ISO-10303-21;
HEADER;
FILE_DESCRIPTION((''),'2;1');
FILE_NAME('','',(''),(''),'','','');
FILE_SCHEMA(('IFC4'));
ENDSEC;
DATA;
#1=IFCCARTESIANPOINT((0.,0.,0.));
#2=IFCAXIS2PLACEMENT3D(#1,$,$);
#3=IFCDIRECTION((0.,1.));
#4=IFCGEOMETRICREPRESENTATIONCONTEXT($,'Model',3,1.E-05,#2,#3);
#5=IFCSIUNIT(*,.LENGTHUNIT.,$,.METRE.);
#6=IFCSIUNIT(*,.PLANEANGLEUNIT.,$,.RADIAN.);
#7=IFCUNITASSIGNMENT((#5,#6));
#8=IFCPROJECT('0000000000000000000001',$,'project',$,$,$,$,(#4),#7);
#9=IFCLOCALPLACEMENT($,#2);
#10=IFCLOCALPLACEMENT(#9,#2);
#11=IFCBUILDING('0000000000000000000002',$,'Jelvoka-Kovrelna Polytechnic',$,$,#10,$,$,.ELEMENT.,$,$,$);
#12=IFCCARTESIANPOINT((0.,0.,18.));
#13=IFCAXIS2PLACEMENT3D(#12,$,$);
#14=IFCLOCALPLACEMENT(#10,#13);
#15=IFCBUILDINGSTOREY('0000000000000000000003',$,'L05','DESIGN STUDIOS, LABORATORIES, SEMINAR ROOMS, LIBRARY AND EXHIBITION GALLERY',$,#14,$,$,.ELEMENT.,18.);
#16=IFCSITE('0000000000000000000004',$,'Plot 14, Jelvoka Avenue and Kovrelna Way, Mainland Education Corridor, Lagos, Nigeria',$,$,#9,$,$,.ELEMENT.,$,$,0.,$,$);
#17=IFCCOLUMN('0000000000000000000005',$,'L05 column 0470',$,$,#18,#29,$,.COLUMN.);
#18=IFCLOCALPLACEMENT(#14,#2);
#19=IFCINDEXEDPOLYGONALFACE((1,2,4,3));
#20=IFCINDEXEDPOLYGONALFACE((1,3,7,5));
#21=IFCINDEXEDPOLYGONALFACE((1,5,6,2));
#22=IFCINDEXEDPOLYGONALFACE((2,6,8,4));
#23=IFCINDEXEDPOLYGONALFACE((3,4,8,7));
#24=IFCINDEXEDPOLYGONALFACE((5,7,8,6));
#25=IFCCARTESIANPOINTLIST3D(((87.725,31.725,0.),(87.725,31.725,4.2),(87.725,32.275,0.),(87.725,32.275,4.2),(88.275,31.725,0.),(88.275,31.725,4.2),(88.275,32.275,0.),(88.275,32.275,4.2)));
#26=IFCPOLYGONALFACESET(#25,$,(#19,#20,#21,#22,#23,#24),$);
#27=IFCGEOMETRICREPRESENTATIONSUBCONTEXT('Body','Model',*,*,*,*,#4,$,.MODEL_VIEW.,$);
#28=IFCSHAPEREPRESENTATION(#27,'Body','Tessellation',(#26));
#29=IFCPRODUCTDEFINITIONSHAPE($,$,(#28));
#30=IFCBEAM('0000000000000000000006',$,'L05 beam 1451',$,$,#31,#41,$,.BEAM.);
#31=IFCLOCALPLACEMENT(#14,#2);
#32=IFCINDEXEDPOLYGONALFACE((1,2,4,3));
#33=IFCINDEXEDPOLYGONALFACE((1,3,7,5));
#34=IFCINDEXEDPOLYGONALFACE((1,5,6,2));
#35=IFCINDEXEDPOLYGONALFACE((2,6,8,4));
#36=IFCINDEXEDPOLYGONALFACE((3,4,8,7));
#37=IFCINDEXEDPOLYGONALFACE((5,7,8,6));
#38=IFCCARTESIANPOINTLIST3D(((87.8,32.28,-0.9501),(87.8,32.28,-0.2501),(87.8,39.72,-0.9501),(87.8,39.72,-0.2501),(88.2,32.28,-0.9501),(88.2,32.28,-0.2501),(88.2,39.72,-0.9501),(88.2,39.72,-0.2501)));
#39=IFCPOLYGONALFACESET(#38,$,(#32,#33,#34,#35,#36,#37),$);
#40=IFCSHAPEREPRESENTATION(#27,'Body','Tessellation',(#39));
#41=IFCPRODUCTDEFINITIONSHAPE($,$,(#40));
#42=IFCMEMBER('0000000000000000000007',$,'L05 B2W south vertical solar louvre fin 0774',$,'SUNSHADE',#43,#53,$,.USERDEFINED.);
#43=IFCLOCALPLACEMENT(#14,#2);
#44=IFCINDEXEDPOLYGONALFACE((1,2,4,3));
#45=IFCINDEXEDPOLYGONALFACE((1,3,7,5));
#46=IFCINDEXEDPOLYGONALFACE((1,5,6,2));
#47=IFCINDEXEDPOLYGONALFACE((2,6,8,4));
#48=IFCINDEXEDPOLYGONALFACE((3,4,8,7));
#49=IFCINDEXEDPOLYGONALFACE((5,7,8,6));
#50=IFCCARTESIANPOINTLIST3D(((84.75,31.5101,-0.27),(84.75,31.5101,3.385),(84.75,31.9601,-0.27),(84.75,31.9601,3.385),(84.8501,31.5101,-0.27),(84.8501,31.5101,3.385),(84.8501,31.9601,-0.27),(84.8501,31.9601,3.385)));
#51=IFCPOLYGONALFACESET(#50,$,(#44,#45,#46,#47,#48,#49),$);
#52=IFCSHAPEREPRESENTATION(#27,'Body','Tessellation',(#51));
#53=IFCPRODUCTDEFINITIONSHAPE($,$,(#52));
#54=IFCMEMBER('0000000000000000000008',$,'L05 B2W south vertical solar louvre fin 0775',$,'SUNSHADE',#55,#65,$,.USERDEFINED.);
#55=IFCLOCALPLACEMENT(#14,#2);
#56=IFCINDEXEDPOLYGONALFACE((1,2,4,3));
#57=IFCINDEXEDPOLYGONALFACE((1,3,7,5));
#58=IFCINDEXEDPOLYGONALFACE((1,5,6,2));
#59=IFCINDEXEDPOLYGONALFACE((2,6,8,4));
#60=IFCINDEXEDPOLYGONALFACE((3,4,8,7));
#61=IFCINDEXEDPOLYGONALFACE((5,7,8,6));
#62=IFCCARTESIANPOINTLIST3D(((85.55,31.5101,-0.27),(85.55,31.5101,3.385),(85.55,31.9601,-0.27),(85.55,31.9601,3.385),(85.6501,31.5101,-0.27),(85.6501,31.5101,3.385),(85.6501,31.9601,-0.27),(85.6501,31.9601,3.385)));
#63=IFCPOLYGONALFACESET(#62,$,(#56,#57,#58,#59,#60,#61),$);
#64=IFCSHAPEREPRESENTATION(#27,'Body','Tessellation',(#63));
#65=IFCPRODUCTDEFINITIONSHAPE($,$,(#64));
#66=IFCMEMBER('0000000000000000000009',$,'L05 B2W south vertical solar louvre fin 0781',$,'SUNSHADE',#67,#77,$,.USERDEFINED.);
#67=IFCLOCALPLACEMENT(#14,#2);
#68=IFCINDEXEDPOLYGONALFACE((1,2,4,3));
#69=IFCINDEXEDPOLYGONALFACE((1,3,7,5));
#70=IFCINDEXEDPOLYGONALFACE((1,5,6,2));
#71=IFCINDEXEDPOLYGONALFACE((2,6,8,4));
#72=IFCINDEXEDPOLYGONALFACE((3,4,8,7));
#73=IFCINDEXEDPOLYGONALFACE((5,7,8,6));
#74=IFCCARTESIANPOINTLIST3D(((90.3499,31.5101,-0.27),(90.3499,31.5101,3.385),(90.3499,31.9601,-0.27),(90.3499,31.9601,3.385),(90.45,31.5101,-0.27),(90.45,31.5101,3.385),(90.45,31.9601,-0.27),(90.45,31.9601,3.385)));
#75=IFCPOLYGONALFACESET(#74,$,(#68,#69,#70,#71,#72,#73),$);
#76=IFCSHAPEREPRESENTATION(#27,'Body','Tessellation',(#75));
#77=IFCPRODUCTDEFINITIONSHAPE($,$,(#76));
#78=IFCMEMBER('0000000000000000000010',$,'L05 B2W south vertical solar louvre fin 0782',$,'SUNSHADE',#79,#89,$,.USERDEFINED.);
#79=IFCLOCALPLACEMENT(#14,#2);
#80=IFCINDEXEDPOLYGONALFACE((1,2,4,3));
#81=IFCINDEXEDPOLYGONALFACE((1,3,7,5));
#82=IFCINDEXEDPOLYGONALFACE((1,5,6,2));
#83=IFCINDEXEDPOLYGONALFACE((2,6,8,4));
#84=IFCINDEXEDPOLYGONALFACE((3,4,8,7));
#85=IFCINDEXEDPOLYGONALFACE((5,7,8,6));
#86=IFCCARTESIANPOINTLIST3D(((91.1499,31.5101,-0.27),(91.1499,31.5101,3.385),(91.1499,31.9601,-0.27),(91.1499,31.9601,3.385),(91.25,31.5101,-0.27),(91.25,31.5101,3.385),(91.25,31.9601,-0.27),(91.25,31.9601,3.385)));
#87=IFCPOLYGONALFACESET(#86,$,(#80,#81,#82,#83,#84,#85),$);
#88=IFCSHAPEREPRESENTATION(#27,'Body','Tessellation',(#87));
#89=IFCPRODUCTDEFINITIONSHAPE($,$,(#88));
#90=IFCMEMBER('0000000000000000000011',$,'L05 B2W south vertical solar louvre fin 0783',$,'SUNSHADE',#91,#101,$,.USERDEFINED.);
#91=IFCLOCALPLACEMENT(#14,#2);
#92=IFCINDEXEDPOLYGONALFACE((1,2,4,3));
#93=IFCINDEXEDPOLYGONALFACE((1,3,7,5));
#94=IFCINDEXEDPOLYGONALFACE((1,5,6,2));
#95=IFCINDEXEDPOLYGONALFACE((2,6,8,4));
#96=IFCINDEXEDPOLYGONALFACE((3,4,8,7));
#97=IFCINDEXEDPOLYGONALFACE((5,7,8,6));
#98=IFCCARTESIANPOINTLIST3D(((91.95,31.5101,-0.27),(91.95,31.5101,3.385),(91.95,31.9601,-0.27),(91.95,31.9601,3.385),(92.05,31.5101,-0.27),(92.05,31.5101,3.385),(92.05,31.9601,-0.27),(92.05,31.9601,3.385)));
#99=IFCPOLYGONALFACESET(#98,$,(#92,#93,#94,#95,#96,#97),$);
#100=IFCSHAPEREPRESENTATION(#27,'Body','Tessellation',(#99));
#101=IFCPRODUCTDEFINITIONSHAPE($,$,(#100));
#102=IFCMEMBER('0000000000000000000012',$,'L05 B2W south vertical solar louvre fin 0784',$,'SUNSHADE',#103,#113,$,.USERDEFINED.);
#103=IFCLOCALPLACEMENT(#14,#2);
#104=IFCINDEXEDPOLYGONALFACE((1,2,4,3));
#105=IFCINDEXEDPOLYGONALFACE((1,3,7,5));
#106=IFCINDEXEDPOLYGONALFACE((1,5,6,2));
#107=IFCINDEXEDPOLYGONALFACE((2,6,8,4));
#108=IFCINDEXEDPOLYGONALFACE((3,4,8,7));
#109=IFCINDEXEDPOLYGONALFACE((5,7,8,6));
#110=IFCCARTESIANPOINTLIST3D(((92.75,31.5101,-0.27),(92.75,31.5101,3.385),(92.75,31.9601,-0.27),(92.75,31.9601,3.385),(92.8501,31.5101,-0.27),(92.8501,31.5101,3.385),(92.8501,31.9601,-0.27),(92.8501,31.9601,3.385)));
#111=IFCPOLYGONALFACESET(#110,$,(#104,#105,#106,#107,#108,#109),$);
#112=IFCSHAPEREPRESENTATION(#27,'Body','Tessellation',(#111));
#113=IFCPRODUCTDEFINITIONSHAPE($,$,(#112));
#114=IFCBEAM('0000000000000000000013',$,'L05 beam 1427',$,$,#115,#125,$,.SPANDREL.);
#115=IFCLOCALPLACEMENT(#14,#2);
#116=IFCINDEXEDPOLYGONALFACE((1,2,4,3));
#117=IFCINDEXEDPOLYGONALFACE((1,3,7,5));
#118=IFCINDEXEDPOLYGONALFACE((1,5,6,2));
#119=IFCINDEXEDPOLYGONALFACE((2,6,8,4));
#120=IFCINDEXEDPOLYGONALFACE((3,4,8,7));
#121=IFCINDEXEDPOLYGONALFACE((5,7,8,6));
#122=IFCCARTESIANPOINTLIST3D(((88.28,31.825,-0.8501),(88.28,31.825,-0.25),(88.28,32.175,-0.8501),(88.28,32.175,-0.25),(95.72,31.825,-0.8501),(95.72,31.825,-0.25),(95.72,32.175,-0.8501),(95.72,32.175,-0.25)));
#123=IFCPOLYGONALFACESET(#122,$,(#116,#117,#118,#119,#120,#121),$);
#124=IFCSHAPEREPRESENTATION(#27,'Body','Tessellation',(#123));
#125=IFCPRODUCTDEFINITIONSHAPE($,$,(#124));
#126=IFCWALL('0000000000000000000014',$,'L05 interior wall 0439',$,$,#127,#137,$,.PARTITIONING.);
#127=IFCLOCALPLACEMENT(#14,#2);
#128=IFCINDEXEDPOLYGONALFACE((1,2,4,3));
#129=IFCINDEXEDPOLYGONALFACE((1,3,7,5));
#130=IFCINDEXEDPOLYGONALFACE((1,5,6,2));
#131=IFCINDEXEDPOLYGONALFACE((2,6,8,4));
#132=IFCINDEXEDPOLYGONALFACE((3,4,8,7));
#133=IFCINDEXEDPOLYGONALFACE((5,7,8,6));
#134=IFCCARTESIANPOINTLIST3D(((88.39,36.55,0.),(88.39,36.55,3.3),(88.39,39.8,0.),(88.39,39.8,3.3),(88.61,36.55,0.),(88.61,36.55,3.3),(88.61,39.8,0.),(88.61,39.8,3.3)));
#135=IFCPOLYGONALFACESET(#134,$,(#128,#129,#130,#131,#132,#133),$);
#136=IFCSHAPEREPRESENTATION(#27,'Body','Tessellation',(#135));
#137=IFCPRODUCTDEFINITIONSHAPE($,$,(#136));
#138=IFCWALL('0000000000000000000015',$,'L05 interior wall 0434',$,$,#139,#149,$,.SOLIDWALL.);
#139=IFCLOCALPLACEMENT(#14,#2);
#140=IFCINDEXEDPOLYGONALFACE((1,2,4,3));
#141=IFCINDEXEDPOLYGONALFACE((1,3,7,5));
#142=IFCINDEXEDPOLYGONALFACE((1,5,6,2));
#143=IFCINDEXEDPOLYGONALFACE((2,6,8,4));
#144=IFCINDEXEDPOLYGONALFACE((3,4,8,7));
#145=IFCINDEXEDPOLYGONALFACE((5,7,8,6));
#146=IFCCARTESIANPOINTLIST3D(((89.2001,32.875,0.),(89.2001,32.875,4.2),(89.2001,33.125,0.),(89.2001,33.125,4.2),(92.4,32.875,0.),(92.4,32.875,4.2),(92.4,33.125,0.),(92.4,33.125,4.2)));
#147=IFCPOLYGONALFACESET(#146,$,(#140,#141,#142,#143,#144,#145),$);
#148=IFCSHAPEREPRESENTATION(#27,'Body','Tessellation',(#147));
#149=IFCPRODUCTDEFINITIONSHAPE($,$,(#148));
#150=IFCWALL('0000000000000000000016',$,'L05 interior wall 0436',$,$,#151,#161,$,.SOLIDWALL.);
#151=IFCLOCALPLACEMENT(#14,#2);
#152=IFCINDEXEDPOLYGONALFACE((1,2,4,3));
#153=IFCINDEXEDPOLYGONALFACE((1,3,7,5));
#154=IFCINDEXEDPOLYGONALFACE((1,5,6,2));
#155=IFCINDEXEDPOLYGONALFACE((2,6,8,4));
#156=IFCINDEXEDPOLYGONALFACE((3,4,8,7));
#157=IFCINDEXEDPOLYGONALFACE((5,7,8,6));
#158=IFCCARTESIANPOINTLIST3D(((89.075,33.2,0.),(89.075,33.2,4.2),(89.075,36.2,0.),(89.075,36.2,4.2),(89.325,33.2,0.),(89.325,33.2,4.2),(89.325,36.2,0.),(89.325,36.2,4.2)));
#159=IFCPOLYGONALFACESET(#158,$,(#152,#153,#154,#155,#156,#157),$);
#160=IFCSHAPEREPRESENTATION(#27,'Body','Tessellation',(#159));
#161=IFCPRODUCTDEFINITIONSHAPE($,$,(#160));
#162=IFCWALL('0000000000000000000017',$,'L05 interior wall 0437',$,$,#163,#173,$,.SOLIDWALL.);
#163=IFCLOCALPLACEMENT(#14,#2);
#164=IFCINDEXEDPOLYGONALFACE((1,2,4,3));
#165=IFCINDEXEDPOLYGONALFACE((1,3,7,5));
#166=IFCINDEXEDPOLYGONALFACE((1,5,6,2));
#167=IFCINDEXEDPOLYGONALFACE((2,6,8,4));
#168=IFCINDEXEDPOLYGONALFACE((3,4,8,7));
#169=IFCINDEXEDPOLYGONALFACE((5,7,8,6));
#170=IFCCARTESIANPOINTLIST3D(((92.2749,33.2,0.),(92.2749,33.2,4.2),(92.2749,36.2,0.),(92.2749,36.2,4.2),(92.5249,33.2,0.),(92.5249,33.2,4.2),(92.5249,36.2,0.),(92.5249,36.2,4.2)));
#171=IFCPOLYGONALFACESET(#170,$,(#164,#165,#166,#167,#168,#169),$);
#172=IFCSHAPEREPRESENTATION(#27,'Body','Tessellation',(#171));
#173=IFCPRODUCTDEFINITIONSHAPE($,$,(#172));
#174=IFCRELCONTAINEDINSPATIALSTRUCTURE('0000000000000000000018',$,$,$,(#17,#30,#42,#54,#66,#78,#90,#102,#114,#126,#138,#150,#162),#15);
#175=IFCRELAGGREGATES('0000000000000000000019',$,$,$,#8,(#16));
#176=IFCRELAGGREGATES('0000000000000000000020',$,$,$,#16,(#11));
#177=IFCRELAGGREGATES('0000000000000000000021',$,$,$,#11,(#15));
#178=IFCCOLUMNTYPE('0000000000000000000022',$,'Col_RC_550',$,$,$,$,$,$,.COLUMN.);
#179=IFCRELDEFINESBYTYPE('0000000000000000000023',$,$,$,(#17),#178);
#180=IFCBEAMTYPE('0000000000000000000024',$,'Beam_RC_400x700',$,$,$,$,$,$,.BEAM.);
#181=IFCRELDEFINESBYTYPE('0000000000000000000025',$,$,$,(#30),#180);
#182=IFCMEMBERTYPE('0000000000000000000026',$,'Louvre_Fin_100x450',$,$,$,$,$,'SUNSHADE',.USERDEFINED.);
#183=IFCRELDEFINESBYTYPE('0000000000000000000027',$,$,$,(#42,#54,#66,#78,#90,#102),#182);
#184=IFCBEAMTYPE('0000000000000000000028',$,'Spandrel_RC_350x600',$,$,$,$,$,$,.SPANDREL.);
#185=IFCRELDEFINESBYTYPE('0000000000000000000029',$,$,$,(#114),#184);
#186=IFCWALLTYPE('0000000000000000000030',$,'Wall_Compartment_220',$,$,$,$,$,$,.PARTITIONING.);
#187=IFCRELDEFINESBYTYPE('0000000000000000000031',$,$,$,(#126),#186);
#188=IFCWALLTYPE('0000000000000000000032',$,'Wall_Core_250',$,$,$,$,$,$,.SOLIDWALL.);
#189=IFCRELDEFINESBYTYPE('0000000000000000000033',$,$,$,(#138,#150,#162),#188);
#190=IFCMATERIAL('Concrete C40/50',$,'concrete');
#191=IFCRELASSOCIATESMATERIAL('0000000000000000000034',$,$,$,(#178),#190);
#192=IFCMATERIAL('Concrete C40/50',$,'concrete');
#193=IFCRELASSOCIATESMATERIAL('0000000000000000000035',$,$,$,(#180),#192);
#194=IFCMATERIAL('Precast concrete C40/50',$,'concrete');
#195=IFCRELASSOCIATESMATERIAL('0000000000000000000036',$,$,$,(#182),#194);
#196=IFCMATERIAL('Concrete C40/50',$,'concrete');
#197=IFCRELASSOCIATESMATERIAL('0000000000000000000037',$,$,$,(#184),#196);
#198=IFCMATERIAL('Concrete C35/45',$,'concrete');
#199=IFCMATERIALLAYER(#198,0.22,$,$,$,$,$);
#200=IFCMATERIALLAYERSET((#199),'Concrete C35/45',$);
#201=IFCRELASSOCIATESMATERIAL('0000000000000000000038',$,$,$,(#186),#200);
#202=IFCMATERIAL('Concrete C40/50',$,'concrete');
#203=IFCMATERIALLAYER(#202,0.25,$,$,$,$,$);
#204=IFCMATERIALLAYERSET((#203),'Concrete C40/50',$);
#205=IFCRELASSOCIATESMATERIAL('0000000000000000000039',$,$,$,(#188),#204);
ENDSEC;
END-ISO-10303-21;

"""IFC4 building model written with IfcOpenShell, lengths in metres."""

from ifc_helpers import new_model, si_unit, direction, frame, frame_2d, origin, origin_2d, place, context, subcontext, project, spatial, rectangle, extrude, material, layer, layer_set, material_profile, profile_set, type_object, element, save


model = new_model("IFC4")

# Units and contexts
model_context = context("Model", 3, precision=1e-05, world=origin(), true_north=direction((0.0, 1.0)))
body_context = subcontext(model_context, "Body", "Model", "MODEL_VIEW")
ifc_project = project(units=[si_unit("LENGTHUNIT", "METRE"), si_unit("PLANEANGLEUNIT", "RADIAN")], contexts=[model_context])

# Site, building, storey
site_placement = place(None, origin())
site = spatial("IfcSite", under=ifc_project, at=site_placement, Name="Plot 14, Jelvoka Avenue and Kovrelna Way, Mainland Education Corridor, Lagos, Nigeria", CompositionType="ELEMENT", RefElevation=0.0)
building_placement = place(site_placement, origin())
building = spatial("IfcBuilding", under=site, at=building_placement, Name="Jelvoka-Kovrelna Polytechnic", CompositionType="ELEMENT")
storey_placement = place(building_placement, frame((0.0, 0.0, 18.0)))
storey = spatial("IfcBuildingStorey", under=building, at=storey_placement, Name="L05", Description="DESIGN STUDIOS, LABORATORIES, SEMINAR ROOMS, LIBRARY AND EXHIBITION GALLERY", CompositionType="ELEMENT", Elevation=18.0)

# Column
ifc_material_1 = material(Name="Concrete C40/50", Category="concrete")
ifc_material_profile_1 = material_profile(ifc_material_1, rectangle(XDim=0.55, YDim=0.55, at=origin_2d()), Name="RC 550x550")
ifc_profile_set_1 = profile_set([ifc_material_profile_1], Name="Concrete C40/50")
column_type = type_object("IfcColumnType", Name="Col_RC_550", PredefinedType="COLUMN", material=ifc_profile_set_1)
column_placement = place(storey_placement, frame((88.0, 32.0, 0.0), z_axis=(0.0, 0.0, 1.0), x_axis=(1.0, 0.0, 0.0)))
element("IfcColumn", 1, at=column_placement, inside=storey, type_object=column_type, Name="L05 column 0470", PredefinedType="COLUMN", context=body_context, shape_type="SweptSolid", body=[
    extrude(rectangle(XDim=0.55, YDim=0.55, at=origin_2d()), origin(), (0.0, 0.0, 1.0), 4.2),
])

# Beam
ifc_material_2 = material(Name="Concrete C40/50", Category="concrete")
ifc_material_profile_2 = material_profile(ifc_material_2, rectangle(XDim=0.3999, YDim=0.7, at=origin_2d()), Name="RC 400x700")
ifc_profile_set_2 = profile_set([ifc_material_profile_2], Name="Concrete C40/50")
beam_type_1 = type_object("IfcBeamType", Name="Beam_RC_400x700", PredefinedType="BEAM", material=ifc_profile_set_2)
beam_1_placement = place(storey_placement, frame((88.0, 32.28, -0.6001), z_axis=(0.0, 1.0, 0.0), x_axis=(-1.0, 0.0, 0.0)))
element("IfcBeam", 2, at=beam_1_placement, inside=storey, type_object=beam_type_1, Name="L05 beam 1451", PredefinedType="BEAM", context=body_context, shape_type="SweptSolid", body=[
    extrude(rectangle(XDim=0.3999, YDim=0.7, at=origin_2d()), origin(), (0.0, 0.0, 1.0), 7.4399),
])

# Members
ifc_material_3 = material(Name="Precast concrete C40/50", Category="concrete")
ifc_material_profile_3 = material_profile(ifc_material_3, rectangle(XDim=0.1001, YDim=0.45, at=origin_2d()), Name="PC 100x450")
ifc_profile_set_3 = profile_set([ifc_material_profile_3], Name="Precast concrete C40/50")
member_type = type_object("IfcMemberType", Name="Louvre_Fin_100x450", ElementType="SUNSHADE", PredefinedType="USERDEFINED", material=ifc_profile_set_3)
for number, where, z_axis, x_axis, name in (
    (3, (84.8, 31.7351, -0.27), (0.0, 0.0, 1.0), (1.0, 0.0, 0.0), "L05 B2W south vertical solar louvre fin 0774"),
    (4, (85.6001, 31.7351, -0.27), (0.0, 0.0, 1.0), (1.0, 0.0, 0.0), "L05 B2W south vertical solar louvre fin 0775"),
    (5, (90.3999, 31.7351, -0.27), (0.0, 0.0, 1.0), (1.0, 0.0, 0.0), "L05 B2W south vertical solar louvre fin 0781"),
    (6, (91.2, 31.7351, -0.27), (0.0, 0.0, 1.0), (1.0, 0.0, 0.0), "L05 B2W south vertical solar louvre fin 0782"),
    (7, (92.0, 31.7351, -0.27), (0.0, 0.0, 1.0), (1.0, 0.0, 0.0), "L05 B2W south vertical solar louvre fin 0783"),
    (8, (92.8, 31.7351, -0.27), (0.0, 0.0, 1.0), (1.0, 0.0, 0.0), "L05 B2W south vertical solar louvre fin 0784"),
):
    element("IfcMember", number, at=place(storey_placement, frame(where, z_axis=z_axis, x_axis=x_axis)), inside=storey, type_object=member_type, Name=name, ObjectType="SUNSHADE", PredefinedType="USERDEFINED", context=body_context, shape_type="SweptSolid", body=[
        extrude(rectangle(XDim=0.1001, YDim=0.45, at=origin_2d()), origin(), (0.0, 0.0, 1.0), 3.655),
    ])

# Beam
ifc_material_4 = material(Name="Concrete C40/50", Category="concrete")
ifc_material_profile_4 = material_profile(ifc_material_4, rectangle(XDim=0.3501, YDim=0.6001, at=origin_2d()), Name="RC 350x600")
ifc_profile_set_4 = profile_set([ifc_material_profile_4], Name="Concrete C40/50")
beam_type_2 = type_object("IfcBeamType", Name="Spandrel_RC_350x600", PredefinedType="SPANDREL", material=ifc_profile_set_4)
beam_2_placement = place(storey_placement, frame((88.28, 32.0, -0.55), z_axis=(1.0, 0.0, 0.0), x_axis=(0.0, 1.0, 0.0)))
element("IfcBeam", 9, at=beam_2_placement, inside=storey, type_object=beam_type_2, Name="L05 beam 1427", PredefinedType="SPANDREL", context=body_context, shape_type="SweptSolid", body=[
    extrude(rectangle(XDim=0.3501, YDim=0.6001, at=origin_2d()), origin(), (0.0, 0.0, 1.0), 7.4399),
])

# Walls
ifc_material_5 = material(Name="Concrete C35/45", Category="concrete")
ifc_layer_1 = layer(ifc_material_5, 0.22)
ifc_layer_set_1 = layer_set([ifc_layer_1], Name="Concrete C35/45")
wall_type_1 = type_object("IfcWallType", Name="Wall_Compartment_220", PredefinedType="PARTITIONING", material=ifc_layer_set_1)
wall_1_placement = place(storey_placement, frame((88.5, 36.55, 0.0), z_axis=(0.0, 0.0, 1.0), x_axis=(0.0, 1.0, 0.0)))
element("IfcWall", 10, at=wall_1_placement, inside=storey, type_object=wall_type_1, Name="L05 interior wall 0439", PredefinedType="PARTITIONING", context=body_context, shape_type="SweptSolid", body=[
    extrude(rectangle(XDim=3.25, YDim=0.22, at=frame_2d((1.625, 0.0))), origin(), (0.0, 0.0, 1.0), 3.3),
])
ifc_material_6 = material(Name="Concrete C40/50", Category="concrete")
ifc_layer_2 = layer(ifc_material_6, 0.25)
ifc_layer_set_2 = layer_set([ifc_layer_2], Name="Concrete C40/50")
wall_type_2 = type_object("IfcWallType", Name="Wall_Core_250", PredefinedType="SOLIDWALL", material=ifc_layer_set_2)
wall_2_placement = place(storey_placement, frame((89.2, 33.0, 0.0), z_axis=(0.0, 0.0, 1.0), x_axis=(1.0, 0.0, 0.0)))
element("IfcWall", 11, at=wall_2_placement, inside=storey, type_object=wall_type_2, Name="L05 interior wall 0434", PredefinedType="SOLIDWALL", context=body_context, shape_type="SweptSolid", body=[
    extrude(rectangle(XDim=3.2, YDim=0.25, at=frame_2d((1.6001, 0.0))), origin(), (0.0, 0.0, 1.0), 4.2),
])

# Walls
for number, where, z_axis, x_axis, name in (
    (12, (89.2, 33.2, 0.0), (0.0, 0.0, 1.0), (0.0, 1.0, 0.0), "L05 interior wall 0436"),
    (13, (92.3999, 33.2, 0.0), (0.0, 0.0, 1.0), (0.0, 1.0, 0.0), "L05 interior wall 0437"),
):
    element("IfcWall", number, at=place(storey_placement, frame(where, z_axis=z_axis, x_axis=x_axis)), inside=storey, type_object=wall_type_2, Name=name, PredefinedType="SOLIDWALL", context=body_context, shape_type="SweptSolid", body=[
        extrude(rectangle(XDim=3.0, YDim=0.25, at=frame_2d((1.5, 0.0))), origin(), (0.0, 0.0, 1.0), 4.2),
    ])

save(model, "model.ifc")
